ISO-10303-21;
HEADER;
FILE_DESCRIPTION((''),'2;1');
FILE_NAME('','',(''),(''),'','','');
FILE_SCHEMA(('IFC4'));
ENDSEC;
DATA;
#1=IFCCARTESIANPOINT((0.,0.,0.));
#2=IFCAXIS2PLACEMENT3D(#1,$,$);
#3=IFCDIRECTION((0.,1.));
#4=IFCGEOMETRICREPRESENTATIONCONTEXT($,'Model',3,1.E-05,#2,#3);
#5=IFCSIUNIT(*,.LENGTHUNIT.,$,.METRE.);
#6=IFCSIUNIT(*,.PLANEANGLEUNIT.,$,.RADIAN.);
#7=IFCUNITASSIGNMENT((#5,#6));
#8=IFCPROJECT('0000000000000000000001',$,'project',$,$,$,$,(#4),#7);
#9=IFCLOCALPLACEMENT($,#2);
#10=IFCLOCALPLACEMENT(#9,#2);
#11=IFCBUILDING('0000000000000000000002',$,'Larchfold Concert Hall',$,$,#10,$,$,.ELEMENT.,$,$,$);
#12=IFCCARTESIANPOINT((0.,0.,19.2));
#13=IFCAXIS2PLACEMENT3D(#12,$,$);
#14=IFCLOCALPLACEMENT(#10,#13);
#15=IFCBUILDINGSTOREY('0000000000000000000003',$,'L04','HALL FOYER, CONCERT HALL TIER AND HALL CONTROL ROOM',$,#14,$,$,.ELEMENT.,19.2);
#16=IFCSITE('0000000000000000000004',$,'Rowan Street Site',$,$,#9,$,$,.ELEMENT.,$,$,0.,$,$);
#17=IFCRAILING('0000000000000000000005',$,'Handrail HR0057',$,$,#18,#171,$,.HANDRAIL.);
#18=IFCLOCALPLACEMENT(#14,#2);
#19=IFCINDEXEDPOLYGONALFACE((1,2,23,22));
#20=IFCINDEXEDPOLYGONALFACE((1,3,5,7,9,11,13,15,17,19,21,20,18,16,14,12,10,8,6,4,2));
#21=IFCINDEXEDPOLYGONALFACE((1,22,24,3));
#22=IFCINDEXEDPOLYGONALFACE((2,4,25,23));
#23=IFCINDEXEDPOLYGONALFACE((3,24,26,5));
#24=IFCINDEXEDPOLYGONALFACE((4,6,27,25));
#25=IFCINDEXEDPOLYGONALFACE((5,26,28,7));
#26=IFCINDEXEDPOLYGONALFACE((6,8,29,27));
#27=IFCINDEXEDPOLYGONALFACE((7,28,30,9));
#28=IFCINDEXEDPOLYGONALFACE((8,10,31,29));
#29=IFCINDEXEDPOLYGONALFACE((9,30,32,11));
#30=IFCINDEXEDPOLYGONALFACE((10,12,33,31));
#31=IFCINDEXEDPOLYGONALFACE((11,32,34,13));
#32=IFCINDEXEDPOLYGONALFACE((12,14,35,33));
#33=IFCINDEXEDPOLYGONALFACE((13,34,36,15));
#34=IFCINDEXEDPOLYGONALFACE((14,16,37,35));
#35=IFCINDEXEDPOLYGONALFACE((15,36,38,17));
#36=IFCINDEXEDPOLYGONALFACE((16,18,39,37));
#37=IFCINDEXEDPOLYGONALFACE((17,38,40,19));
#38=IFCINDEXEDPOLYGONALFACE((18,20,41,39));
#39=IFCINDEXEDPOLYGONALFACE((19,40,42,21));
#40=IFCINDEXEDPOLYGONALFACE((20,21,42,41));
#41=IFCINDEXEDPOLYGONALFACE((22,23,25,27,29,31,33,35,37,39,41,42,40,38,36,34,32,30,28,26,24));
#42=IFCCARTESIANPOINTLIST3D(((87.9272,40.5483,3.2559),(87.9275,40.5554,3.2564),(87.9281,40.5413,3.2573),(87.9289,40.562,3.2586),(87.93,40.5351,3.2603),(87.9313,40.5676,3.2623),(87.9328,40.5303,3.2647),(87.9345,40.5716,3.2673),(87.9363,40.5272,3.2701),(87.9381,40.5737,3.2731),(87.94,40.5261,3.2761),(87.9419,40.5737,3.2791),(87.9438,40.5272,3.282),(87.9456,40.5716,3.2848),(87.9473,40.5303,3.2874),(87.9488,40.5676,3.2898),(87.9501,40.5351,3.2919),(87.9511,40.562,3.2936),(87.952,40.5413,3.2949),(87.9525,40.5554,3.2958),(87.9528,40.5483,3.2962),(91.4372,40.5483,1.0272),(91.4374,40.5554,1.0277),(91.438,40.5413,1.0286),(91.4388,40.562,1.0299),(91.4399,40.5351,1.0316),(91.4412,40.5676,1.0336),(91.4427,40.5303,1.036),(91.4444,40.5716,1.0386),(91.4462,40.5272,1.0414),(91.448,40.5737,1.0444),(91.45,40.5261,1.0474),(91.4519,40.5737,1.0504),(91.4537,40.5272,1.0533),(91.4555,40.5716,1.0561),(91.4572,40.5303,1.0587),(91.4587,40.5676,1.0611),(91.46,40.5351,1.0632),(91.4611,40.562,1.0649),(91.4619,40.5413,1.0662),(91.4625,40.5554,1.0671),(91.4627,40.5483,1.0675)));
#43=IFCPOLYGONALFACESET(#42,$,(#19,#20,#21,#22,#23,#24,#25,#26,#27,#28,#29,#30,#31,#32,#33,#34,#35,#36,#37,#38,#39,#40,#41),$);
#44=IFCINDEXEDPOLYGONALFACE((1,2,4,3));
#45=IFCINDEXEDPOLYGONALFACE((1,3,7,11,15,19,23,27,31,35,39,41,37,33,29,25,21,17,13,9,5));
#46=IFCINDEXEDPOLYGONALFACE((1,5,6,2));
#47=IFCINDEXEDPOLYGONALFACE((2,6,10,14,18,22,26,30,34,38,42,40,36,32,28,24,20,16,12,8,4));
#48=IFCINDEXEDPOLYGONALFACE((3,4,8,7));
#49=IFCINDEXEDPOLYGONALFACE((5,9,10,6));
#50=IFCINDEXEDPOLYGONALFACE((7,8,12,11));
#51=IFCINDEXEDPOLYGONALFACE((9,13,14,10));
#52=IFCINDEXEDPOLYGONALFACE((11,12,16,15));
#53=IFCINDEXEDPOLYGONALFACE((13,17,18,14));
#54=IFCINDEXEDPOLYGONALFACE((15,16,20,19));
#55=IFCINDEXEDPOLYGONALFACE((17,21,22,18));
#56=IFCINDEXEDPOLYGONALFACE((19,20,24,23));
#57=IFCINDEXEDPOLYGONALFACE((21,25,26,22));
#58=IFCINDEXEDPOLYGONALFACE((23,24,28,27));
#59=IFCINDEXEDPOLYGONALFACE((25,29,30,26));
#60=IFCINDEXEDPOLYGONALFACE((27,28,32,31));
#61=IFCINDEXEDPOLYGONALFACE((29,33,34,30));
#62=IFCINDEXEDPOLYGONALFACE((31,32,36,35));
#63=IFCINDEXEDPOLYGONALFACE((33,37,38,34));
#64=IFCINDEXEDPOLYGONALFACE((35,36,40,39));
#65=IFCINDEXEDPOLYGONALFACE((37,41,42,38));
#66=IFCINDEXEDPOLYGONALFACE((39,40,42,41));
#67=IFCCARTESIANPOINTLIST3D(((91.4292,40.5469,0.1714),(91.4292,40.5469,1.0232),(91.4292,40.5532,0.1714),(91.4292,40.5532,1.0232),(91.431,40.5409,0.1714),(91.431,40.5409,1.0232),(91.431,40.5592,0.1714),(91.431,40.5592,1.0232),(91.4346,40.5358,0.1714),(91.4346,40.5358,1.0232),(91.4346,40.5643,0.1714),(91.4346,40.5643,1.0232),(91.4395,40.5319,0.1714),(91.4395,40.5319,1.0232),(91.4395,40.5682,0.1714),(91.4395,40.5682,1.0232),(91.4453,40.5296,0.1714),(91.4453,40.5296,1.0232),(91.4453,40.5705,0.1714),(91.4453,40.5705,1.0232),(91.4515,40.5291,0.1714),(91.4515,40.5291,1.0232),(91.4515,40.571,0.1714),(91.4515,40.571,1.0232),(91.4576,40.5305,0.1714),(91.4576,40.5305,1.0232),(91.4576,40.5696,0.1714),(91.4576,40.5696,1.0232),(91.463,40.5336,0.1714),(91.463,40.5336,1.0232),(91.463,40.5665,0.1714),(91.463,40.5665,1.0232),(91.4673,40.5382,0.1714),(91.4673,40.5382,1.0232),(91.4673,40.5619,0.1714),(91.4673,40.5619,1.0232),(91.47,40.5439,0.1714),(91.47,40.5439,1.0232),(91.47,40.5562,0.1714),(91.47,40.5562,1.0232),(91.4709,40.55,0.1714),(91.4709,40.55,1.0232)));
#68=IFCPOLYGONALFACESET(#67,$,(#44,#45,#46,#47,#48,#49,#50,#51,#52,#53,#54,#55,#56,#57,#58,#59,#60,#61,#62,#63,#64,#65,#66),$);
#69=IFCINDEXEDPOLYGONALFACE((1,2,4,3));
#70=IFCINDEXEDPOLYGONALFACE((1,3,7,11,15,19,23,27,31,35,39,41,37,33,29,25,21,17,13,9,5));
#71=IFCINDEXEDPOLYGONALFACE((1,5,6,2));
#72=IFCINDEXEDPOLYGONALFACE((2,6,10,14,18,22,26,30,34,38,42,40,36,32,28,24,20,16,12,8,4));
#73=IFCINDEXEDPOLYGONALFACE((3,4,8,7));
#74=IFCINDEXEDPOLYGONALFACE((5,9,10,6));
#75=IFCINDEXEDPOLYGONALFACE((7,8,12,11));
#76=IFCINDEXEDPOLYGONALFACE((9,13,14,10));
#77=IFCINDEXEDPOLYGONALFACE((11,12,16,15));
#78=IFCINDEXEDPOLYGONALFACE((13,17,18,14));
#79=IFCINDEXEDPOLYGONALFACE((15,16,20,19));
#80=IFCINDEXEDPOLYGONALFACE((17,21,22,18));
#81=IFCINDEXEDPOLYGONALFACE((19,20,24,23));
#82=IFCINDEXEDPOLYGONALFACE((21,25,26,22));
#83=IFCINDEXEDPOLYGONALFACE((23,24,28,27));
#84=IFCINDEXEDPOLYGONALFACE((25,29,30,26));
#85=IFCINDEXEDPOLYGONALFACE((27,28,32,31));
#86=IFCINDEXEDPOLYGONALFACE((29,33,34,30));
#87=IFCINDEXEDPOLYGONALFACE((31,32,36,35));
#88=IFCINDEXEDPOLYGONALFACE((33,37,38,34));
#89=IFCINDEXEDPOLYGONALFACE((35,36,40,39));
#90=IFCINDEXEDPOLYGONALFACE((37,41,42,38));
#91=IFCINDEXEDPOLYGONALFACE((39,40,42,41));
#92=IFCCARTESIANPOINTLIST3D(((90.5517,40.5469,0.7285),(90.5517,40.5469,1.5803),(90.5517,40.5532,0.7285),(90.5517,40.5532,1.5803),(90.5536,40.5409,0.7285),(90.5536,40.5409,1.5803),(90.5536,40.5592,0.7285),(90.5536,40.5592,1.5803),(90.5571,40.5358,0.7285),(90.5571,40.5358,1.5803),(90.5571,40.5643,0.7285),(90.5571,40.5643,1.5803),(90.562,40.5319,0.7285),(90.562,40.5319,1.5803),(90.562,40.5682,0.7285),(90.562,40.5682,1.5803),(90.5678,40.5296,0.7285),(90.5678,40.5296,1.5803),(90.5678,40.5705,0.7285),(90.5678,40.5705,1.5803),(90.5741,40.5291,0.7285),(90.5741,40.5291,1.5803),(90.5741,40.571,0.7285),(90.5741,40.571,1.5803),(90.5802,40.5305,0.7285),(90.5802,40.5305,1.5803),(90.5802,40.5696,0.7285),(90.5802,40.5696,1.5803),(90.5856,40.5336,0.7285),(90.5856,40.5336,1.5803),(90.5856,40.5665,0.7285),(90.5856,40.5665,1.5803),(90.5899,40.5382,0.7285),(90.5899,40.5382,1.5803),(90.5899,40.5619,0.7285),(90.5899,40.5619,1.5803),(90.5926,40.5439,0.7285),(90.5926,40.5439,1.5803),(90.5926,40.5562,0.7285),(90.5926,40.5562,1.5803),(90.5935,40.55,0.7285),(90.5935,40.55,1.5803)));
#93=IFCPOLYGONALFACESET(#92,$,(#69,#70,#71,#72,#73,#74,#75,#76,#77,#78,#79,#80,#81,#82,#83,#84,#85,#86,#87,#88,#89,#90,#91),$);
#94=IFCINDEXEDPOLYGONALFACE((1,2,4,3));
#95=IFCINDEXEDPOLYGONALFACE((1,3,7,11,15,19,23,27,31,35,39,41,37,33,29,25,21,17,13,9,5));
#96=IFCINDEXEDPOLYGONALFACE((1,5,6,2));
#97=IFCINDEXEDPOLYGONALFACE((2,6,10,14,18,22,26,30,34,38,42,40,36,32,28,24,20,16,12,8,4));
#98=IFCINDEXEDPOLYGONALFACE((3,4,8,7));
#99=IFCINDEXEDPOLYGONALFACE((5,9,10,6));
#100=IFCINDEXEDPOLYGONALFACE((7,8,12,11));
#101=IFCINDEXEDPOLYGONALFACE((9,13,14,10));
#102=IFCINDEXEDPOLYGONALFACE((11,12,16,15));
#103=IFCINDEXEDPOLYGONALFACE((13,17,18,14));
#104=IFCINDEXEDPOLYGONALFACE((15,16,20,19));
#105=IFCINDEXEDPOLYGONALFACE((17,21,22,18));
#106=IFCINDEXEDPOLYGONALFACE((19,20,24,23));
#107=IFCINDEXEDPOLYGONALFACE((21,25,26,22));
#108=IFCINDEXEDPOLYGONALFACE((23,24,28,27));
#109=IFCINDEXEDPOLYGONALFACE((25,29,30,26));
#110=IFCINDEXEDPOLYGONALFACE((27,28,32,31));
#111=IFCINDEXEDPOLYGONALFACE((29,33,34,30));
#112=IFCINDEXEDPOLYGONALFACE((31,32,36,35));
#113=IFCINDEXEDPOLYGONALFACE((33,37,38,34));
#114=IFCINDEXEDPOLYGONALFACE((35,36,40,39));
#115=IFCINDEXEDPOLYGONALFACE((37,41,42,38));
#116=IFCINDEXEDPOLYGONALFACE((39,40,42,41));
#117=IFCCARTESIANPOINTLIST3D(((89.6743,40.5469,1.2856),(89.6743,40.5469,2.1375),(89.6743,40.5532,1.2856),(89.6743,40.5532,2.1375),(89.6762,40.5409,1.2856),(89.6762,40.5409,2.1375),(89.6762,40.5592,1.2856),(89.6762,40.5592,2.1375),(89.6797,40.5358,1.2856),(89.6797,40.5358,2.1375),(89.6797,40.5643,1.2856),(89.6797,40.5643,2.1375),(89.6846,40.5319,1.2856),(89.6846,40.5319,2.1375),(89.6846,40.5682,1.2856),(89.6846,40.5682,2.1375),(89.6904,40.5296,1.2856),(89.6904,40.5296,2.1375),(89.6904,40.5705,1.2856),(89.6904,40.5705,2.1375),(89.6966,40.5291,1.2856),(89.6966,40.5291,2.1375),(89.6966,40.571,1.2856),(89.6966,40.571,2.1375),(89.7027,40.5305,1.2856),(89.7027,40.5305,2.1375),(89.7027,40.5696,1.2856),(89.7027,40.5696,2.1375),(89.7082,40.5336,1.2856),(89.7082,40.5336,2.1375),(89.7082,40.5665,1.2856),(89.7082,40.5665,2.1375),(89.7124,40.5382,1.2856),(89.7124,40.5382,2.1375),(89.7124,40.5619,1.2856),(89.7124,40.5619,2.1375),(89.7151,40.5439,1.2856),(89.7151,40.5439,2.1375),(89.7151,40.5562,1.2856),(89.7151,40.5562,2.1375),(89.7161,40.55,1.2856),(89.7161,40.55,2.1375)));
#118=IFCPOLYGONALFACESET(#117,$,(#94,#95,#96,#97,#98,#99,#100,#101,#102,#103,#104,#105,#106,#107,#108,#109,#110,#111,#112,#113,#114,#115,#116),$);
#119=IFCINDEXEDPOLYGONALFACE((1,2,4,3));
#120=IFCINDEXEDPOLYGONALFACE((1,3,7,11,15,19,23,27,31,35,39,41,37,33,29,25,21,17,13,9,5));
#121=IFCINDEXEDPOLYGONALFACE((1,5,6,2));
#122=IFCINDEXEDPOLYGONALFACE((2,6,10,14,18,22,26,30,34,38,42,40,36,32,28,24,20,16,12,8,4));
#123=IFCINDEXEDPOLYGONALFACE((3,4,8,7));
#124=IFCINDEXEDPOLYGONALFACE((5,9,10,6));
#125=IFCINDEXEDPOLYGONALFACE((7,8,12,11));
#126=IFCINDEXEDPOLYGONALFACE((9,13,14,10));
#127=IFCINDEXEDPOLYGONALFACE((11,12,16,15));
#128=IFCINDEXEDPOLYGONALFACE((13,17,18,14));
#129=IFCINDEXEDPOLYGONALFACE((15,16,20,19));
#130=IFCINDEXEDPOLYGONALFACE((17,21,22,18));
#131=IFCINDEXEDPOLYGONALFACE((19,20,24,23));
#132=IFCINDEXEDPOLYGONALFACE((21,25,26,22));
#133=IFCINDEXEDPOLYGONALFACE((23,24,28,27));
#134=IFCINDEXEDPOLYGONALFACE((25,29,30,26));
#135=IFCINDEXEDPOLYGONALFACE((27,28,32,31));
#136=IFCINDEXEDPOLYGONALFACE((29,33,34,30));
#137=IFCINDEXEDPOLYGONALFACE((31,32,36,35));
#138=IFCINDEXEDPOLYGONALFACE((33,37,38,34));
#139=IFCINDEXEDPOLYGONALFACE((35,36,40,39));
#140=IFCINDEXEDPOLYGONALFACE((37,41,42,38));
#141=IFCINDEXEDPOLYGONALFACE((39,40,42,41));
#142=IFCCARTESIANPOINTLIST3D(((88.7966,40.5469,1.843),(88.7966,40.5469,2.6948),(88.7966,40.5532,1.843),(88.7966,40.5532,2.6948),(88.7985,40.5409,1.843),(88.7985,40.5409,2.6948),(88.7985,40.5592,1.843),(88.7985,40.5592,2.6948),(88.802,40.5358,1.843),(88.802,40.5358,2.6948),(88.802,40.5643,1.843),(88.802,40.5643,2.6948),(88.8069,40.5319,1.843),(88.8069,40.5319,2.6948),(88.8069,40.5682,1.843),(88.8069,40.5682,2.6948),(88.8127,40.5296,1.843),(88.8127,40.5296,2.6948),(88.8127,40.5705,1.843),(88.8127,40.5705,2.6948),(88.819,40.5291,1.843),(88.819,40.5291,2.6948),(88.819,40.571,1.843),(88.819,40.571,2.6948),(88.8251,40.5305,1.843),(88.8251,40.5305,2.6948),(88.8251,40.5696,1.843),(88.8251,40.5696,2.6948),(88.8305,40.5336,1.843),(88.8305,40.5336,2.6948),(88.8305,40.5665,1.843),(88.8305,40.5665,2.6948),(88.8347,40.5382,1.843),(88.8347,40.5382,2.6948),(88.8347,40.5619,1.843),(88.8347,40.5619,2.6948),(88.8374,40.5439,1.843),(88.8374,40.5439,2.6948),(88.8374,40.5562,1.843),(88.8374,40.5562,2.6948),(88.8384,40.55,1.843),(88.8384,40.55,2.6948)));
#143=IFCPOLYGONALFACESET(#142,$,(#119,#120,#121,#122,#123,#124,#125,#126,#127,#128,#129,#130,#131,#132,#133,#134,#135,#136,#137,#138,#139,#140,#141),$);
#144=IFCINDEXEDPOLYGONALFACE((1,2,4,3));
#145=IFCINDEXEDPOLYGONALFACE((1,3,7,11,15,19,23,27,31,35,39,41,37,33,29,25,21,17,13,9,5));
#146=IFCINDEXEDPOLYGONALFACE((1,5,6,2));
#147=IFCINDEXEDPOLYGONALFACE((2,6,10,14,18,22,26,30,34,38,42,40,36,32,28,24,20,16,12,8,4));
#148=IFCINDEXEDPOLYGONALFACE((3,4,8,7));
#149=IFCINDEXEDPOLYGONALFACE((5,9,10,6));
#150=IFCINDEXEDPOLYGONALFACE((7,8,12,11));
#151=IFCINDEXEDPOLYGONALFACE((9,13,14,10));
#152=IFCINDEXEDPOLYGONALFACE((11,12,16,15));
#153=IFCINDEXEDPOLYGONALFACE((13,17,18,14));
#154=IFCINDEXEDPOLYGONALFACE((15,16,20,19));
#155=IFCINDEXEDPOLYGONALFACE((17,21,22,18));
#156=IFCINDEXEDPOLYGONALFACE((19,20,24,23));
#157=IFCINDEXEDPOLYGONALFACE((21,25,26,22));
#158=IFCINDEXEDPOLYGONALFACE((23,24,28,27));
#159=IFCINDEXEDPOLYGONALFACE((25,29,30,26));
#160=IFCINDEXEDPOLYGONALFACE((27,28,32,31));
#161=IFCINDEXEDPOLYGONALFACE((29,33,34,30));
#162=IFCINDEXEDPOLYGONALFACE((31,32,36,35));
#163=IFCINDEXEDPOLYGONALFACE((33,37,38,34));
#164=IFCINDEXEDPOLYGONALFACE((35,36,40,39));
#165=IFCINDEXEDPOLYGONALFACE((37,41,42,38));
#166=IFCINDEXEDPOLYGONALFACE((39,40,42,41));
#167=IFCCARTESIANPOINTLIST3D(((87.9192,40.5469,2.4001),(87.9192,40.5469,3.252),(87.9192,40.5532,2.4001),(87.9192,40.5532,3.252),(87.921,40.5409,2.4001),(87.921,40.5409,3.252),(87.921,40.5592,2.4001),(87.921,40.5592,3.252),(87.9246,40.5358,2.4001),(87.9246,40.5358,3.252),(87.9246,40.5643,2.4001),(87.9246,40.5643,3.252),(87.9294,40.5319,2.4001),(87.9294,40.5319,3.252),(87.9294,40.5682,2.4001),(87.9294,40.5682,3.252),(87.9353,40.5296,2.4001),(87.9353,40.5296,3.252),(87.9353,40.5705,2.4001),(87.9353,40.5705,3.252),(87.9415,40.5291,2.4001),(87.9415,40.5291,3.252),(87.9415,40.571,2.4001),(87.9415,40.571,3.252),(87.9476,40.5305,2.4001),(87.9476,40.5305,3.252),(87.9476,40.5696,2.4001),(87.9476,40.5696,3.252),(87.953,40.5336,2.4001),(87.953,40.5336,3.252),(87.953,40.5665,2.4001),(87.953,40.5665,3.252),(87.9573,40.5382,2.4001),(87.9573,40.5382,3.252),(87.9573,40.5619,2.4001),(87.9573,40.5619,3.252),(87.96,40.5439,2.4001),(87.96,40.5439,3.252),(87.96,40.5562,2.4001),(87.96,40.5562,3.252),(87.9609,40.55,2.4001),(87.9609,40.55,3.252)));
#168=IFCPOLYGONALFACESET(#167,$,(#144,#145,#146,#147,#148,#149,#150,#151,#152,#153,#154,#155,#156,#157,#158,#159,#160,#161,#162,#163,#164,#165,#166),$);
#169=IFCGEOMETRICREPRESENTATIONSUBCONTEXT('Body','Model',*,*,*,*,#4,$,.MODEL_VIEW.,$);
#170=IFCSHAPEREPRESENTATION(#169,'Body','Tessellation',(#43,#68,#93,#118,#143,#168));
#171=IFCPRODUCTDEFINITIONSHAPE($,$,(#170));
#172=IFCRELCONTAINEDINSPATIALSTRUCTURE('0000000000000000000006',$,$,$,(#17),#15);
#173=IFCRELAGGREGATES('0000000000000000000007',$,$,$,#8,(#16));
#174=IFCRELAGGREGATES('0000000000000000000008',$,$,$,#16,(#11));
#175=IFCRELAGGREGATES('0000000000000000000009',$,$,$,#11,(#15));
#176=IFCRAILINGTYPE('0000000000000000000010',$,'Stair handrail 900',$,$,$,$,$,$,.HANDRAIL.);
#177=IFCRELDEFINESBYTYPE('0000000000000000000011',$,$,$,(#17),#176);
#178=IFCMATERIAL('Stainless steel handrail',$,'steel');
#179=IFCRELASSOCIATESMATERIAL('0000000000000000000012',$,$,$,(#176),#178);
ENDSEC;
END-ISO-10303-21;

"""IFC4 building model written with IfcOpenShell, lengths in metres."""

from ifc_helpers import new_model, si_unit, direction, frame, origin, origin_2d, place, context, subcontext, project, spatial, circle, extrude, material, type_object, element, save


model = new_model("IFC4")

# Units and contexts
model_context = context("Model", 3, precision=1e-05, world=origin(), true_north=direction((0.0, 1.0)))
body_context = subcontext(model_context, "Body", "Model", "MODEL_VIEW")
ifc_project = project(units=[si_unit("LENGTHUNIT", "METRE"), si_unit("PLANEANGLEUNIT", "RADIAN")], contexts=[model_context])

# Site, building, storey
site_placement = place(None, origin())
site = spatial("IfcSite", under=ifc_project, at=site_placement, Name="Rowan Street Site", CompositionType="ELEMENT", RefElevation=0.0)
building_placement = place(site_placement, origin())
building = spatial("IfcBuilding", under=site, at=building_placement, Name="Larchfold Concert Hall", CompositionType="ELEMENT")
storey_placement = place(building_placement, frame((0.0, 0.0, 19.2)))
storey = spatial("IfcBuildingStorey", under=building, at=storey_placement, Name="L04", Description="HALL FOYER, CONCERT HALL TIER AND HALL CONTROL ROOM", CompositionType="ELEMENT", Elevation=19.2)

# Railing
ifc_material_1 = material(Name="Stainless steel handrail", Category="steel")
railing_type_1 = type_object("IfcRailingType", Name="Stair handrail 900", PredefinedType="HANDRAIL", material=ifc_material_1)
railing_1_placement = place(storey_placement, frame((91.45, 40.55, 0.1714)))
element("IfcRailing", 1, at=railing_1_placement, inside=storey, type_object=railing_type_1, Name="Handrail HR0057", PredefinedType="HANDRAIL", context=body_context, shape_type="SweptSolid", body=[
    extrude(circle(Radius=0.0239, at=origin_2d()), frame((0.0, 0.0, 0.876), z_axis=(-0.844193, 0.0, 0.536039), x_axis=(0.0, -1.0, 0.0)), (0.0, 0.0, 1.0), 4.1577),
    extrude(circle(Radius=0.021, at=origin_2d()), origin(), (0.0, 0.0, 1.0), 0.8518),
    extrude(circle(Radius=0.021, at=origin_2d()), frame((-0.8774, 0.0, 0.5571)), (0.0, 0.0, 1.0), 0.8518),
    extrude(circle(Radius=0.021, at=origin_2d()), frame((-1.7549, 0.0, 1.1143)), (0.0, 0.0, 1.0), 0.8518),
    extrude(circle(Radius=0.021, at=origin_2d()), frame((-2.6326, 0.0, 1.6716)), (0.0, 0.0, 1.0), 0.8518),
    extrude(circle(Radius=0.021, at=origin_2d()), frame((-3.51, 0.0, 2.2288)), (0.0, 0.0, 1.0), 0.8518),
])

save(model, "model.ifc")
